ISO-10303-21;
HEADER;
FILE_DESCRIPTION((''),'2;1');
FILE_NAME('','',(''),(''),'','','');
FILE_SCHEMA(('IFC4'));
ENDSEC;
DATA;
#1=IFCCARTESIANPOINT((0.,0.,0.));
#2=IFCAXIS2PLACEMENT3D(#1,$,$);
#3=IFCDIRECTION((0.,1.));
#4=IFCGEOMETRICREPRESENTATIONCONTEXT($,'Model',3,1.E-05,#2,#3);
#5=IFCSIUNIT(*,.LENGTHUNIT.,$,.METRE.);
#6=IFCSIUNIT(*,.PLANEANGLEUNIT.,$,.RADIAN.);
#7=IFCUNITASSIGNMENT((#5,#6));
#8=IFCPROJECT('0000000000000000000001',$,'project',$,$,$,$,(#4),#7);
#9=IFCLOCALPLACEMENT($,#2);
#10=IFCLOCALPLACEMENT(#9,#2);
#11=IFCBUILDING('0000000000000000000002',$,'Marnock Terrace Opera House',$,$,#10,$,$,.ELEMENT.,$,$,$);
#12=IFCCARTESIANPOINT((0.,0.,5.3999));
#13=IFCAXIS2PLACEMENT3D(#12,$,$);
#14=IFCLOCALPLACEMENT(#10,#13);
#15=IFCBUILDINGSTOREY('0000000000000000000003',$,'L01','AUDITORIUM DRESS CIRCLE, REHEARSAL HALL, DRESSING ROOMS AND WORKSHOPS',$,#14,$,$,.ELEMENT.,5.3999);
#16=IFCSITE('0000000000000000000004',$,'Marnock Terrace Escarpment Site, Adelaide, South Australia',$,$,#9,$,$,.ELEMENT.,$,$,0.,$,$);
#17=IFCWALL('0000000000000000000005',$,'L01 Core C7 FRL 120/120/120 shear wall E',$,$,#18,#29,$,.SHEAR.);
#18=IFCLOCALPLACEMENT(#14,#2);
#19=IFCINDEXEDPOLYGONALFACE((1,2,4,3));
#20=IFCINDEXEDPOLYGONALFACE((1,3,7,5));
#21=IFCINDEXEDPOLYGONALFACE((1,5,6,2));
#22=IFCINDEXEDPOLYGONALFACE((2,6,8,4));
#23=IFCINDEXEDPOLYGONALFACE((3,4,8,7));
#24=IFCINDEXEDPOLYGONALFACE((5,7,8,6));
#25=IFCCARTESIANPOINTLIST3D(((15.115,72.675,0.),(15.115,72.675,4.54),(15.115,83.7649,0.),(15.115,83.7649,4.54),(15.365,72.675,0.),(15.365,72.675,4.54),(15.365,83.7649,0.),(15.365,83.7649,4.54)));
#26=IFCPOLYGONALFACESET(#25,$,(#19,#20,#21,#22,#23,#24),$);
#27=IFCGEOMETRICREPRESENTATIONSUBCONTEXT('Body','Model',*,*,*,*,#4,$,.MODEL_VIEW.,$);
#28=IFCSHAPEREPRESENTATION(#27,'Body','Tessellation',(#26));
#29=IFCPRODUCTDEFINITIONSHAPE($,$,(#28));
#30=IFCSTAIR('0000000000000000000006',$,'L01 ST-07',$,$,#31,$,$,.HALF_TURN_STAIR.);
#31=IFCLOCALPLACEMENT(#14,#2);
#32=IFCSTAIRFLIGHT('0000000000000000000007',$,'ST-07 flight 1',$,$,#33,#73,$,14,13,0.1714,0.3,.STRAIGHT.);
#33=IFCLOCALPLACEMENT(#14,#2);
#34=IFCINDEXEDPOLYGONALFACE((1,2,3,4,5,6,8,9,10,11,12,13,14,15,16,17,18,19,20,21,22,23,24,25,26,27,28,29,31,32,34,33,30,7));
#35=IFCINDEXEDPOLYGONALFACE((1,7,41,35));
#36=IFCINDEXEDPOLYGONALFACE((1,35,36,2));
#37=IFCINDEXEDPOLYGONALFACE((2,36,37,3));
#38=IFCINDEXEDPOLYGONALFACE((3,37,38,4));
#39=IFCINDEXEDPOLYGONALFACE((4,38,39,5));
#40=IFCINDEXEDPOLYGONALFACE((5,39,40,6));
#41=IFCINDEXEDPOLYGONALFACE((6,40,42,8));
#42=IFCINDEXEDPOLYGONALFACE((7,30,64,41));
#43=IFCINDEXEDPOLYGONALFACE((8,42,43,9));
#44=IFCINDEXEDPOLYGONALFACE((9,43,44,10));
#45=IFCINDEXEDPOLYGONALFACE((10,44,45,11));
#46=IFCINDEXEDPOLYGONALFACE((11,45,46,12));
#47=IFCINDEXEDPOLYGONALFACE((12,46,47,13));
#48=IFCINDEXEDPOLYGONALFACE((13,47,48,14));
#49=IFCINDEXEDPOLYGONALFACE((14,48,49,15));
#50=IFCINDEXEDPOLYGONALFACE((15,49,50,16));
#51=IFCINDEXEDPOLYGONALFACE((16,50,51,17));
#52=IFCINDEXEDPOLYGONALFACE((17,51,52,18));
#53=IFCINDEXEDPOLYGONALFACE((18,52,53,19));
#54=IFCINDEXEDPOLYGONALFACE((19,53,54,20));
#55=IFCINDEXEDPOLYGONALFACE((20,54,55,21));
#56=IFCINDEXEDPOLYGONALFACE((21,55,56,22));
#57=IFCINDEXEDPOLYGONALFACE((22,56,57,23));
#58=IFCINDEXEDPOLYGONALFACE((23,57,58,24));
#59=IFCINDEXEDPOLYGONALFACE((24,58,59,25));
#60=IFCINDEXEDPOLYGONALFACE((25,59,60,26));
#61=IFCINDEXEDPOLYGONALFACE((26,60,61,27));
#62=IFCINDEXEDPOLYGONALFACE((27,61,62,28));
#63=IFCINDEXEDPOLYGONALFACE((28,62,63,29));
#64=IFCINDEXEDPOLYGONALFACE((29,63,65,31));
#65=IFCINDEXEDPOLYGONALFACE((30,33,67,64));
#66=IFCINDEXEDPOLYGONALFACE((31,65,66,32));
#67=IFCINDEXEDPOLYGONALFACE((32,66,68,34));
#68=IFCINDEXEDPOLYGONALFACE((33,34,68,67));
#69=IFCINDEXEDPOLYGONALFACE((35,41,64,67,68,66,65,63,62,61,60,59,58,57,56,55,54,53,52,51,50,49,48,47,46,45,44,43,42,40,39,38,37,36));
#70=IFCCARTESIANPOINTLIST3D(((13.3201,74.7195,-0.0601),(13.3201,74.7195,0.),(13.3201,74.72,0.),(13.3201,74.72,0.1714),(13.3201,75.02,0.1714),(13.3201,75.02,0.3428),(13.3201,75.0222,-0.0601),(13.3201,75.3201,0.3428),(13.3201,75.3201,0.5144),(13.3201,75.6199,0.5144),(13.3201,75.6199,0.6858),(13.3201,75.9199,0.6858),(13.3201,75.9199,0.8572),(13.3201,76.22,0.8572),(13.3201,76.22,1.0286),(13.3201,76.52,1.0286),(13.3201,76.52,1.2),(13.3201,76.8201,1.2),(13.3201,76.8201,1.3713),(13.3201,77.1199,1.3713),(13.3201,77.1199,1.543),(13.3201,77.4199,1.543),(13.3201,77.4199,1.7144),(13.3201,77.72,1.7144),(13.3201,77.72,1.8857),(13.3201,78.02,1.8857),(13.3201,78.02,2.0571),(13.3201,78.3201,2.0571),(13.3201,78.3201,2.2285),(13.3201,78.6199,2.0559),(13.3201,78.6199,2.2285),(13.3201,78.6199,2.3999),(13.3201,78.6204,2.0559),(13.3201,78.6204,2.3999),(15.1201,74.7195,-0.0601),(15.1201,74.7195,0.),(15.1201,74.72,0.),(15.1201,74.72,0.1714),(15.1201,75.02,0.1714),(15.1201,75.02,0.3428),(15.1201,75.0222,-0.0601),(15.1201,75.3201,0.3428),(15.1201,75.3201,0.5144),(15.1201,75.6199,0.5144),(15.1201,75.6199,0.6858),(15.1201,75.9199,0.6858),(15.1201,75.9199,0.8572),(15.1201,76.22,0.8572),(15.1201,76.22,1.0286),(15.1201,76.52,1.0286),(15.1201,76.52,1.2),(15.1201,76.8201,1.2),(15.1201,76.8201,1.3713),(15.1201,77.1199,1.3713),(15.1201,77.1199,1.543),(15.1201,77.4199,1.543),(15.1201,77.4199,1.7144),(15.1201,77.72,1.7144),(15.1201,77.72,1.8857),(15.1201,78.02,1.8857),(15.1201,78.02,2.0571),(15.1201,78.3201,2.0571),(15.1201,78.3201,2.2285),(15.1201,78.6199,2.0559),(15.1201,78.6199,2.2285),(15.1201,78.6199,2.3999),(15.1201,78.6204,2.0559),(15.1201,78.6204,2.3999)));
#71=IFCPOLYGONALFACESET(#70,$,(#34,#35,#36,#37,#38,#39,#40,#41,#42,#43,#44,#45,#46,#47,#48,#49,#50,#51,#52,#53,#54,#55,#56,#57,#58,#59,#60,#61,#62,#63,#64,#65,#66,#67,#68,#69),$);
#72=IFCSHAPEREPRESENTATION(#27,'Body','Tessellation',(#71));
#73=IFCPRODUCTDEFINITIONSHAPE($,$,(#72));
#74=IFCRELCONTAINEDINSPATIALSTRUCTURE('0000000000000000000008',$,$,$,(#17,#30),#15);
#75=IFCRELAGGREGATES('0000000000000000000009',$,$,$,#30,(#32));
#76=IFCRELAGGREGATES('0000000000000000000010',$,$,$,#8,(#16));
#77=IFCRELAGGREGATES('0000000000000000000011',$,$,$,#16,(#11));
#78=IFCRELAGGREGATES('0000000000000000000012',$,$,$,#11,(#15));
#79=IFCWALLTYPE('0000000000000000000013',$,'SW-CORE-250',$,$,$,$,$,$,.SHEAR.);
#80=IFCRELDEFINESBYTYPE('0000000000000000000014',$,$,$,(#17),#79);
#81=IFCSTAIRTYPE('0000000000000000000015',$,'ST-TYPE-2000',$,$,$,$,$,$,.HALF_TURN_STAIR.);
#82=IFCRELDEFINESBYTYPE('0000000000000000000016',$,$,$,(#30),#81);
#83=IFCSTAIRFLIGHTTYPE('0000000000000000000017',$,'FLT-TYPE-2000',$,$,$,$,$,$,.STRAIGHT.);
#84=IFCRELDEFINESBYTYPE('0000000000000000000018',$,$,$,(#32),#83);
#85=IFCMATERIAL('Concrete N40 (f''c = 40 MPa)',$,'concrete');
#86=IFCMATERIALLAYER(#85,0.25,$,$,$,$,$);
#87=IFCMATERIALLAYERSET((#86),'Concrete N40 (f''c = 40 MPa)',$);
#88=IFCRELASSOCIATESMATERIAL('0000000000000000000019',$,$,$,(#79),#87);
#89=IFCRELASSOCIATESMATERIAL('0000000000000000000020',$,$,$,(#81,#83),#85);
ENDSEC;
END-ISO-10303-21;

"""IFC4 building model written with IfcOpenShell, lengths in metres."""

from ifc_helpers import new_model, si_unit, direction, frame, frame_2d, origin, place, context, subcontext, project, spatial, polyline, rectangle, outline, extrude, material, layer, layer_set, type_object, element, aggregate, save


model = new_model("IFC4")

# Units and contexts
model_context = context("Model", 3, precision=1e-05, world=origin(), true_north=direction((0.0, 1.0)))
body_context = subcontext(model_context, "Body", "Model", "MODEL_VIEW")
ifc_project = project(units=[si_unit("LENGTHUNIT", "METRE"), si_unit("PLANEANGLEUNIT", "RADIAN")], contexts=[model_context])

# Site, building, storey
site_placement = place(None, origin())
site = spatial("IfcSite", under=ifc_project, at=site_placement, Name="Marnock Terrace Escarpment Site, Adelaide, South Australia", CompositionType="ELEMENT", RefElevation=0.0)
building_placement = place(site_placement, origin())
building = spatial("IfcBuilding", under=site, at=building_placement, Name="Marnock Terrace Opera House", CompositionType="ELEMENT")
storey_placement = place(building_placement, frame((0.0, 0.0, 5.3999)))
storey = spatial("IfcBuildingStorey", under=building, at=storey_placement, Name="L01", Description="AUDITORIUM DRESS CIRCLE, REHEARSAL HALL, DRESSING ROOMS AND WORKSHOPS", CompositionType="ELEMENT", Elevation=5.3999)

# Wall
ifc_material_1 = material(Name="Concrete N40 (f'c = 40 MPa)", Category="concrete")
ifc_layer_1 = layer(ifc_material_1, 0.25)
ifc_layer_set_1 = layer_set([ifc_layer_1], Name="Concrete N40 (f'c = 40 MPa)")
wall_type_1 = type_object("IfcWallType", Name="SW-CORE-250", PredefinedType="SHEAR", material=ifc_layer_set_1)
wall_1_placement = place(storey_placement, frame((15.24, 72.675, 0.0), z_axis=(0.0, 0.0, 1.0), x_axis=(0.0, 1.0, 0.0)))
element("IfcWall", 1, at=wall_1_placement, inside=storey, type_object=wall_type_1, Name="L01 Core C7 FRL 120/120/120 shear wall E", PredefinedType="SHEAR", context=body_context, shape_type="SweptSolid", body=[
    extrude(rectangle(XDim=11.0898, YDim=0.25, at=frame_2d((5.5449, 0.0))), origin(), (0.0, 0.0, 1.0), 4.54),
])

# Stair, stair flight
stair_type = type_object("IfcStairType", Name="ST-TYPE-2000", PredefinedType="HALF_TURN_STAIR", material=ifc_material_1)
stair_placement = place(storey_placement, origin())
stair = element("IfcStair", 2, at=stair_placement, inside=storey, type_object=stair_type, Name="L01 ST-07", PredefinedType="HALF_TURN_STAIR")
stair_flight_type = type_object("IfcStairFlightType", Name="FLT-TYPE-2000", PredefinedType="STRAIGHT", material=ifc_material_1)
stair_flight_placement = place(storey_placement, frame((14.22, 74.72, 0.0), z_axis=(0.0, 0.0, 1.0), x_axis=(0.0, 1.0, 0.0)))
stair_flight = element("IfcStairFlight", 3, at=stair_flight_placement, type_object=stair_flight_type, Name="ST-07 flight 1", NumberOfRisers=14, NumberOfTreads=13, PredefinedType="STRAIGHT", RiserHeight=0.1714, TreadLength=0.3, context=body_context, shape_type="SweptSolid", body=[
    extrude(outline(polyline([(-0.0005, -0.0601), (-0.0005, 0.0), (0.0, 0.0), (0.0, 0.1714), (0.3, 0.1714), (0.3, 0.3428), (0.6001, 0.3428), (0.6001, 0.5144), (0.8999, 0.5144), (0.8999, 0.6858), (1.2, 0.6858), (1.2, 0.8572), (1.5, 0.8572), (1.5, 1.0286), (1.8, 1.0286), (1.8, 1.2), (2.1001, 1.2), (2.1001, 1.3713), (2.3999, 1.3713), (2.3999, 1.543), (2.7, 1.543), (2.7, 1.7144), (3.0, 1.7144), (3.0, 1.8857), (3.3, 1.8857), (3.3, 2.0571), (3.6001, 2.0571), (3.6001, 2.2285), (3.8999, 2.2285), (3.8999, 2.3999), (3.9004, 2.3999), (3.9004, 2.0559), (3.8999, 2.0559), (0.3022, -0.0601), (-0.0005, -0.0601)])), frame((0.0, 0.8999, 0.0), z_axis=(0.0, -1.0, 0.0), x_axis=(1.0, 0.0, 0.0)), (0.0, 0.0, 1.0), 1.8),
])
aggregate(stair, [stair_flight])

save(model, "model.ifc")
